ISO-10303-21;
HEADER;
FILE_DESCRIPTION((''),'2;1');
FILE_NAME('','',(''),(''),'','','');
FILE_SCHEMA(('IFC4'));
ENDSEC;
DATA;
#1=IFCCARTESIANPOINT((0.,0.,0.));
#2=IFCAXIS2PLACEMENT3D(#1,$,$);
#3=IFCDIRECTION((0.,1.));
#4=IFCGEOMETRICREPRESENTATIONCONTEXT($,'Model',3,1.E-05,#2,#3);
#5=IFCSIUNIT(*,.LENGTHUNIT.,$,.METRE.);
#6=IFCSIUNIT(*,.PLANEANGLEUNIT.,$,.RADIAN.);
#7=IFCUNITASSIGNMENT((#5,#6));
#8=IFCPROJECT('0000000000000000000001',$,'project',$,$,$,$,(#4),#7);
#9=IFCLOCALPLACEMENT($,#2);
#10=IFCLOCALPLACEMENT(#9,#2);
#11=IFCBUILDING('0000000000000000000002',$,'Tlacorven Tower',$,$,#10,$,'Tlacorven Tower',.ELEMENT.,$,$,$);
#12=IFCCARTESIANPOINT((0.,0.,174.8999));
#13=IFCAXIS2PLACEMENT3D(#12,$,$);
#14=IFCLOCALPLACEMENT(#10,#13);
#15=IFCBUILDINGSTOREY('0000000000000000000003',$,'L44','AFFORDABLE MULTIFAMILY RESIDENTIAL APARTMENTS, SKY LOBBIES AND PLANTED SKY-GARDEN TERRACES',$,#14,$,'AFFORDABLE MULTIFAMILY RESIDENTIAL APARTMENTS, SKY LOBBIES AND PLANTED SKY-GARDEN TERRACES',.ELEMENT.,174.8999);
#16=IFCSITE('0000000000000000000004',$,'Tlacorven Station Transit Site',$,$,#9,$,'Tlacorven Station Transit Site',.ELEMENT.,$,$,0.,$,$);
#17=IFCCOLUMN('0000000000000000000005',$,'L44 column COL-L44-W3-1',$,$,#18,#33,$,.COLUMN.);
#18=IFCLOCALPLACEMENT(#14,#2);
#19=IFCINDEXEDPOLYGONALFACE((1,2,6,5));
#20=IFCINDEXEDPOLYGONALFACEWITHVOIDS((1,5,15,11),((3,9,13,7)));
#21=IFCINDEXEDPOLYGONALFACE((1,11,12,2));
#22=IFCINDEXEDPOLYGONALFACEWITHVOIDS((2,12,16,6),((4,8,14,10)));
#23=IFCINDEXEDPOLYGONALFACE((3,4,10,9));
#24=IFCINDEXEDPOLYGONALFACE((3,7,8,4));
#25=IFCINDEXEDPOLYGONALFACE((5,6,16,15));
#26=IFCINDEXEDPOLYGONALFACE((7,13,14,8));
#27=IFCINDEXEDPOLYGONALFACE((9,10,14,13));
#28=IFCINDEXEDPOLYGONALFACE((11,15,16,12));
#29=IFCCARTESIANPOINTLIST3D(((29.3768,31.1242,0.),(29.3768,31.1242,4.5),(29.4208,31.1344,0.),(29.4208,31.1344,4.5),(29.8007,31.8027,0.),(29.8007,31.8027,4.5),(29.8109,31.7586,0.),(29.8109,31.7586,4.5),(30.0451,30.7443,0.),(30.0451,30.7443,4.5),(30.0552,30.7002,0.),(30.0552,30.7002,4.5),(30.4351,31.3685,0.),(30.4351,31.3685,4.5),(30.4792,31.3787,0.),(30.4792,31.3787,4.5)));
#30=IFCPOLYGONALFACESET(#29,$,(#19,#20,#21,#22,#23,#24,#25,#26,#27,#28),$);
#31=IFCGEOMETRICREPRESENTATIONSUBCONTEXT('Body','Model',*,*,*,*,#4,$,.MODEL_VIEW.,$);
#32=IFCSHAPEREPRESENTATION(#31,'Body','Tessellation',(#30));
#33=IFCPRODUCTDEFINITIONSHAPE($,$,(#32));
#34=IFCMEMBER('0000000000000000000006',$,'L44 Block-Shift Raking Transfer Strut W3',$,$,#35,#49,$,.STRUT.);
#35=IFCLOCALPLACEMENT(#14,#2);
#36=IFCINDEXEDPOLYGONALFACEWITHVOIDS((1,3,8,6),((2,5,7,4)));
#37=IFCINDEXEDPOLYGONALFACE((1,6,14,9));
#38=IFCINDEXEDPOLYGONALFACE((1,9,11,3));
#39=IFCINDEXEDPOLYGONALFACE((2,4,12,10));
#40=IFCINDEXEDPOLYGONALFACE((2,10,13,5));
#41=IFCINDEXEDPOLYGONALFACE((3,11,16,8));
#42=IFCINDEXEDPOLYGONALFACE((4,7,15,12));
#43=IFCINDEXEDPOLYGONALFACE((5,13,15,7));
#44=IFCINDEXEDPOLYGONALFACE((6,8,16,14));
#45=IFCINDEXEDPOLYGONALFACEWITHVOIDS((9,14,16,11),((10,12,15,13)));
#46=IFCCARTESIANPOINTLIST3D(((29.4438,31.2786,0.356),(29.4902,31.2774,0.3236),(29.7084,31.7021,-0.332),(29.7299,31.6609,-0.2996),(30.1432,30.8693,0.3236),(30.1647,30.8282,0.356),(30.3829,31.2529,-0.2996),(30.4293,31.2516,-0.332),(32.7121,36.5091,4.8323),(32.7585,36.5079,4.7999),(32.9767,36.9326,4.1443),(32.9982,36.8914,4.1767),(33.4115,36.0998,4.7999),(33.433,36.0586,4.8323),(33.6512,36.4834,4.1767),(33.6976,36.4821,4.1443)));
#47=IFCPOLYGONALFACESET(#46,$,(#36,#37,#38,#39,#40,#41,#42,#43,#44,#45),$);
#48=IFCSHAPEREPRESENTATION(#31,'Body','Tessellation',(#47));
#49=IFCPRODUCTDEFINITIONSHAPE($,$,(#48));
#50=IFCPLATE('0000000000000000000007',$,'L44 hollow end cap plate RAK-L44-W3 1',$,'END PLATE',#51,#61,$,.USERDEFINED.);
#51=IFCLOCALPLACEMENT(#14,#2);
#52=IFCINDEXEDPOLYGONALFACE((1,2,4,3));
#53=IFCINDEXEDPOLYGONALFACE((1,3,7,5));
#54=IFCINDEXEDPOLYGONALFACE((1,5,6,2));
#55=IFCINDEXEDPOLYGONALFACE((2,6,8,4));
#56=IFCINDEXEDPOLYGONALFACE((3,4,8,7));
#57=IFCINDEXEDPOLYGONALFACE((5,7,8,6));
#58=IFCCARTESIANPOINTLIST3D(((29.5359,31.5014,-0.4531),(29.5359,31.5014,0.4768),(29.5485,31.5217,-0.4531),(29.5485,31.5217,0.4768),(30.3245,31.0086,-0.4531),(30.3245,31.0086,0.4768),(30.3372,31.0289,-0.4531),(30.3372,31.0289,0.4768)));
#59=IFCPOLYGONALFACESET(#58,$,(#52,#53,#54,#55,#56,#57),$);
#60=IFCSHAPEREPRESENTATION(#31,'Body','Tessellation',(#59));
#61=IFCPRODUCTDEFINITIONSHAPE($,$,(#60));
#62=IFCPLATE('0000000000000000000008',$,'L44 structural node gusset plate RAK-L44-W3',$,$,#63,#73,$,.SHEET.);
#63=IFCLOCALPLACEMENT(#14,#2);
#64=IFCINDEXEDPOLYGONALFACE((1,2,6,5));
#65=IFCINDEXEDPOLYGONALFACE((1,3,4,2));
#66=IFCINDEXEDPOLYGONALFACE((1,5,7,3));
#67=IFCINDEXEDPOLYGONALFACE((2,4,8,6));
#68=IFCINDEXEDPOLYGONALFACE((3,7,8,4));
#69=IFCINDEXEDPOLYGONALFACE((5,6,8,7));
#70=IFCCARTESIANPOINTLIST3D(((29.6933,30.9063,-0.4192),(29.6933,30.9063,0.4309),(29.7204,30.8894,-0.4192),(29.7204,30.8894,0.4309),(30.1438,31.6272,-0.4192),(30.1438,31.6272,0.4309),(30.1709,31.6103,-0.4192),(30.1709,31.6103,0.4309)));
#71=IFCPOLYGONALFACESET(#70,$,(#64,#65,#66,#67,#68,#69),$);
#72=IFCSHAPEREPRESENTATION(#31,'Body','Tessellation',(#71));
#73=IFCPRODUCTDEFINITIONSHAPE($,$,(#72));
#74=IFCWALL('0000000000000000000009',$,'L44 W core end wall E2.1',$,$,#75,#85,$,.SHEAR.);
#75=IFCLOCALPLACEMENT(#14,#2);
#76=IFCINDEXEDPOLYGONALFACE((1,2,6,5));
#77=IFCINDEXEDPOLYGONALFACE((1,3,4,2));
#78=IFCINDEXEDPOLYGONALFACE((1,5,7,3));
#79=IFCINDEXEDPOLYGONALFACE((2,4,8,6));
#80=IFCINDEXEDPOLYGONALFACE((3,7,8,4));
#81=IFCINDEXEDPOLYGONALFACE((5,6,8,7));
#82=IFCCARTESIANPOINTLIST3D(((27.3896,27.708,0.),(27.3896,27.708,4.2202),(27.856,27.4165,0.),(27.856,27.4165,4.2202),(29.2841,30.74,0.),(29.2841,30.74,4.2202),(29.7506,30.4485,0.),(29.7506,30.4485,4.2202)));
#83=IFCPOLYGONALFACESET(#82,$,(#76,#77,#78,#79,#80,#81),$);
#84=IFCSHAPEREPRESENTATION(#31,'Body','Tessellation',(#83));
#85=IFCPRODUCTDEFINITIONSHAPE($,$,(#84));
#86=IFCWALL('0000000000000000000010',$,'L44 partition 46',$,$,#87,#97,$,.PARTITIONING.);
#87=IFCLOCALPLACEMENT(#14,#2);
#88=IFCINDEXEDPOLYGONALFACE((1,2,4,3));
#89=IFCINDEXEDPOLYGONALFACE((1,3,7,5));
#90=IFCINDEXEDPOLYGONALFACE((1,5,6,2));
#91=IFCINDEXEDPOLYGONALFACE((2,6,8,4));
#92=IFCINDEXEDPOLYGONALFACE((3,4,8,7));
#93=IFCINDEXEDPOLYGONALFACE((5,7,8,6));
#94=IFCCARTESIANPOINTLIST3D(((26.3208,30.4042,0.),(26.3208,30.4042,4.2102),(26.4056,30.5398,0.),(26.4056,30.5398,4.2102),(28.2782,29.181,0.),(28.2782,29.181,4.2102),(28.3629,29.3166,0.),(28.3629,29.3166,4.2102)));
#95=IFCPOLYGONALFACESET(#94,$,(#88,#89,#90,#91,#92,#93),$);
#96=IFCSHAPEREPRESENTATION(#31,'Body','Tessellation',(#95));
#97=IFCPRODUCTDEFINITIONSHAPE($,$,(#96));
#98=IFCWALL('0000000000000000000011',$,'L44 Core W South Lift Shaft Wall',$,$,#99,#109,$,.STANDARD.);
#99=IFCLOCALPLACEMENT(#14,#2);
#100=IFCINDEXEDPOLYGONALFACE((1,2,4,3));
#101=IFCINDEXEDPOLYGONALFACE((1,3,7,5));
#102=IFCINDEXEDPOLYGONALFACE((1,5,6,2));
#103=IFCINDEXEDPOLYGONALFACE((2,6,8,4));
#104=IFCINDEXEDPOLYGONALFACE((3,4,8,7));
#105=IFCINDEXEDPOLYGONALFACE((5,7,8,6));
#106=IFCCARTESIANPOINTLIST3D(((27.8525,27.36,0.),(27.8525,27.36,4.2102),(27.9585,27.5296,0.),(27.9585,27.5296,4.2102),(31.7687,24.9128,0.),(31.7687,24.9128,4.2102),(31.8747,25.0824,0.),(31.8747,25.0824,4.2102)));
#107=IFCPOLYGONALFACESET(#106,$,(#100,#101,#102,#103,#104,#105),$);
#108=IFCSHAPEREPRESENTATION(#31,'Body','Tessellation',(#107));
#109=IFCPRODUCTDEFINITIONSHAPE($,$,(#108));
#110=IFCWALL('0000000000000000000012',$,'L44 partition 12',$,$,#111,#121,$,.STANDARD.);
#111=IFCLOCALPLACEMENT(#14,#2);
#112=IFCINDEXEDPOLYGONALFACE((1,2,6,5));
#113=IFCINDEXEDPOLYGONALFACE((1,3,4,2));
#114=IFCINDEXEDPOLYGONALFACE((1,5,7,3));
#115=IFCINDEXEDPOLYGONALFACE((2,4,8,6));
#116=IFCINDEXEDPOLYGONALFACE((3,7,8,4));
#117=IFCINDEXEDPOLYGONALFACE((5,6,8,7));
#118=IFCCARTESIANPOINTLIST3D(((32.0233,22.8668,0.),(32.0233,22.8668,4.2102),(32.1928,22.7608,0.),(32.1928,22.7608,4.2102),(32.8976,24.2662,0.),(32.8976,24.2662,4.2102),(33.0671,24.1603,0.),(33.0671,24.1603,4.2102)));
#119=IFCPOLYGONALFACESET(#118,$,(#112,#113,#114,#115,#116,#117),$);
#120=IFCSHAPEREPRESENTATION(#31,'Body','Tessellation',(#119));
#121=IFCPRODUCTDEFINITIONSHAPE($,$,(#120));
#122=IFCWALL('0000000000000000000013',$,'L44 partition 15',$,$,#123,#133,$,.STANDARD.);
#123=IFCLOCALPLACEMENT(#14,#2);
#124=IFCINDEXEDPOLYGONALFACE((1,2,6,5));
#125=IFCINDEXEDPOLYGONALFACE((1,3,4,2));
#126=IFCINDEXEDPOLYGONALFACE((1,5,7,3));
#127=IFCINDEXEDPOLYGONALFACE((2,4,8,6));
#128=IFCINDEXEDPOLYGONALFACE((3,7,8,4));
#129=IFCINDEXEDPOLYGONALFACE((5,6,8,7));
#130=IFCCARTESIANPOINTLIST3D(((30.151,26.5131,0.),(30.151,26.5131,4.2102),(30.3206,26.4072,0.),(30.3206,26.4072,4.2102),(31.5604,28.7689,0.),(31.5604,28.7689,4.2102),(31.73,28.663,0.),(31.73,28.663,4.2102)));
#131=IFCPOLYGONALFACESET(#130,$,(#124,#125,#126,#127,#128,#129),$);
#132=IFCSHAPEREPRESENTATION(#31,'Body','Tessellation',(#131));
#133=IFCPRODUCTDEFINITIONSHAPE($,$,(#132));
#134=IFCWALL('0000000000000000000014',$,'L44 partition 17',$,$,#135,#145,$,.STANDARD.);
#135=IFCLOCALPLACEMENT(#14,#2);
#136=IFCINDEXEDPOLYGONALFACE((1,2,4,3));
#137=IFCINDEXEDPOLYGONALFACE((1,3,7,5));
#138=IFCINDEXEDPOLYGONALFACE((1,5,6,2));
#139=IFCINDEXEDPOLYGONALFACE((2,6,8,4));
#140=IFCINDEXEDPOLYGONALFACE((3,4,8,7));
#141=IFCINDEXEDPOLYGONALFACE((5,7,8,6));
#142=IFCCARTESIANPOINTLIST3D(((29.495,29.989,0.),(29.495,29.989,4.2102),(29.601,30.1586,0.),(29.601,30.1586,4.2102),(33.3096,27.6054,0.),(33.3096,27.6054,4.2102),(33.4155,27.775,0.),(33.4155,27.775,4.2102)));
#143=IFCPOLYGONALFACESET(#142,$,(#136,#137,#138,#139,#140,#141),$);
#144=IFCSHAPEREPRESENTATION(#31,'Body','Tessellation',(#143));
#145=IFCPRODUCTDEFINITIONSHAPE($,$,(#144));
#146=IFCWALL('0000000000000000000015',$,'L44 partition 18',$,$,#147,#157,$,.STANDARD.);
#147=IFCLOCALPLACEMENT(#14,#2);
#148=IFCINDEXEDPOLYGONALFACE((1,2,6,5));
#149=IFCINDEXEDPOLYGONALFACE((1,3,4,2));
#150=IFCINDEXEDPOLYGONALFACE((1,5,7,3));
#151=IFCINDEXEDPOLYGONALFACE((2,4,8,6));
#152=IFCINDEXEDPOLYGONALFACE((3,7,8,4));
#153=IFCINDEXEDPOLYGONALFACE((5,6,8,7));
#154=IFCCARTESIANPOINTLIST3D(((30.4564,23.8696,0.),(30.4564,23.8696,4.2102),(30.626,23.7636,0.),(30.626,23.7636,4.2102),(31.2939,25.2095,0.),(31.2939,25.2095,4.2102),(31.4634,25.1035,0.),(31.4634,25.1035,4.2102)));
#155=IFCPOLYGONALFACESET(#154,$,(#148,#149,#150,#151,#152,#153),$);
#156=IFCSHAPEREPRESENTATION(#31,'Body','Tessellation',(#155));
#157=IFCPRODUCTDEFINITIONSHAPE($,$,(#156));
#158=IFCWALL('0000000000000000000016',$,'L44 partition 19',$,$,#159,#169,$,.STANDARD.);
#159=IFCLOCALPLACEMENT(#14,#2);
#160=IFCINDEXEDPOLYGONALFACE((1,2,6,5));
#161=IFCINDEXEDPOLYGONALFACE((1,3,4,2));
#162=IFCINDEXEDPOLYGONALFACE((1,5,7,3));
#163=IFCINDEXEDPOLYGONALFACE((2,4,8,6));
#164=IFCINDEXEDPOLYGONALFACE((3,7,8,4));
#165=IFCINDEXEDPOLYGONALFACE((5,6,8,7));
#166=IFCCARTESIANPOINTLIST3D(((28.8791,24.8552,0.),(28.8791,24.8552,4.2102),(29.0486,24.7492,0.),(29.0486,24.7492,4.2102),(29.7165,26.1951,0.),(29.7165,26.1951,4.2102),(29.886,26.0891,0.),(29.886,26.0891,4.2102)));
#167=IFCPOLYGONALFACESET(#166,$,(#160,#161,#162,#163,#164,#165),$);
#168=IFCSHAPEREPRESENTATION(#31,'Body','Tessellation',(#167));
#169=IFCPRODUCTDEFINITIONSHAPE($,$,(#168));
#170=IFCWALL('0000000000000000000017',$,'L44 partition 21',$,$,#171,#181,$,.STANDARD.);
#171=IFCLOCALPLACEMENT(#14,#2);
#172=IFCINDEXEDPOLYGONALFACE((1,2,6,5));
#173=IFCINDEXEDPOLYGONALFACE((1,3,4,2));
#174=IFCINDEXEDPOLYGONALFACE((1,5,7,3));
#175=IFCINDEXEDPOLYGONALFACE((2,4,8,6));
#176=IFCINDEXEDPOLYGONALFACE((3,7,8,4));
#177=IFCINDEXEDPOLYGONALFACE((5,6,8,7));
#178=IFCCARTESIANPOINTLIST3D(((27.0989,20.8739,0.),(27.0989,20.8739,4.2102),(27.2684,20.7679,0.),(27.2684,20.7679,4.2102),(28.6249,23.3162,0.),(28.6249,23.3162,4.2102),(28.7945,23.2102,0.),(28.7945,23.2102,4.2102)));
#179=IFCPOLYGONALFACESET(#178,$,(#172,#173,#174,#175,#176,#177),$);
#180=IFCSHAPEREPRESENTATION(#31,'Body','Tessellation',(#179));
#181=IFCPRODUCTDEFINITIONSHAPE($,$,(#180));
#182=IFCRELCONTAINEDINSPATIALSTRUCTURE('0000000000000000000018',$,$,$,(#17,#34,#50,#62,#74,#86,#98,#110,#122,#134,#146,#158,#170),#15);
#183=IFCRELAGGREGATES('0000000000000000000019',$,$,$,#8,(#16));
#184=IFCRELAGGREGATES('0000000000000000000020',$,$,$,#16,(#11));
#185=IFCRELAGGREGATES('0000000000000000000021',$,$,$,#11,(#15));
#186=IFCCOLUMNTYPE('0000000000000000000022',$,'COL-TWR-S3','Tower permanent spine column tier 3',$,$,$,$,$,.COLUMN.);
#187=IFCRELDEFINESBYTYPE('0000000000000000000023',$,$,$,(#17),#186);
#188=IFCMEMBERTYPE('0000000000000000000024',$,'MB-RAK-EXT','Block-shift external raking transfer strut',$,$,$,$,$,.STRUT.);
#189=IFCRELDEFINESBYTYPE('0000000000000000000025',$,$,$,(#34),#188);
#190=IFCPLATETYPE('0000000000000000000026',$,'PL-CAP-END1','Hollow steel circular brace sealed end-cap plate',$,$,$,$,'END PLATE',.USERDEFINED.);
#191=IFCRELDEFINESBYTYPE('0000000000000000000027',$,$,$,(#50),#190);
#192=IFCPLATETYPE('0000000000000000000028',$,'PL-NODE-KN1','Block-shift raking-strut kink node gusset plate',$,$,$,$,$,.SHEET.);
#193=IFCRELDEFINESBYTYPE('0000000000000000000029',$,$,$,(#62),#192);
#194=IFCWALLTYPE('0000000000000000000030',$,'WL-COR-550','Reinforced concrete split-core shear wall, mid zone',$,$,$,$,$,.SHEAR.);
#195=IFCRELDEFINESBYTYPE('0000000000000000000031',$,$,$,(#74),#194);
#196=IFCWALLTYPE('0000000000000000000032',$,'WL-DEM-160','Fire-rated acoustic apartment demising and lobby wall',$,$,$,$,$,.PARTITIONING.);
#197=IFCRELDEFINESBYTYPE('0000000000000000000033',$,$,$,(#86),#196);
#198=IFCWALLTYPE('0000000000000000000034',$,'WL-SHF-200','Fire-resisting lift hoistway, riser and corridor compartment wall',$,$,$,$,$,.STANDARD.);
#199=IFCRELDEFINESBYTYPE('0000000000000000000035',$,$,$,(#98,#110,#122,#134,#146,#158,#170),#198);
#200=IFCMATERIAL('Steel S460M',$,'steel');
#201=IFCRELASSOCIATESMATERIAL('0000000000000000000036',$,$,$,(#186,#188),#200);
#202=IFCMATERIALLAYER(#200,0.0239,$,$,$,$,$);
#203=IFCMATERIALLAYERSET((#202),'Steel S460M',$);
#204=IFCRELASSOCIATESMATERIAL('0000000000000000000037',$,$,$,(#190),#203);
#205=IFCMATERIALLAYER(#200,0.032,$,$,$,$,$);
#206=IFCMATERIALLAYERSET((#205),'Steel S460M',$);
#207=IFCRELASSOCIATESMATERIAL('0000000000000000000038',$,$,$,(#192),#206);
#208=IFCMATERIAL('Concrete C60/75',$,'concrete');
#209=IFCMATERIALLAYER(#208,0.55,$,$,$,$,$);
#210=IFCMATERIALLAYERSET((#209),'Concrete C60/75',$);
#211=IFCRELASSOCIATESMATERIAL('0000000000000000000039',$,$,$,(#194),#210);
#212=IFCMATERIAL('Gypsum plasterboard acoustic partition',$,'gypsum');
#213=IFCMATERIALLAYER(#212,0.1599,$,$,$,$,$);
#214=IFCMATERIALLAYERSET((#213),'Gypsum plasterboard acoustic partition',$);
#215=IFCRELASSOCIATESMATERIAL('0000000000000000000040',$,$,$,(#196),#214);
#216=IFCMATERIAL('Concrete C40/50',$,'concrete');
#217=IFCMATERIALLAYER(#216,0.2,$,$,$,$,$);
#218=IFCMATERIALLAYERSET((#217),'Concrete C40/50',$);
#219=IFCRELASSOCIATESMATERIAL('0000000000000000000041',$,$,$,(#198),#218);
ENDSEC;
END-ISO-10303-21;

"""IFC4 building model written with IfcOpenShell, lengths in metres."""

from ifc_helpers import new_model, si_unit, direction, frame, frame_2d, origin, origin_2d, place, context, subcontext, project, spatial, rectangle, hollow_rectangle, extrude, source, transform, mapped, material, layer, layer_set, material_profile, profile_set, type_object, element, save


model = new_model("IFC4")

# Units and contexts
model_context = context("Model", 3, precision=1e-05, world=origin(), true_north=direction((0.0, 1.0)))
body_context = subcontext(model_context, "Body", "Model", "MODEL_VIEW")
ifc_project = project(units=[si_unit("LENGTHUNIT", "METRE"), si_unit("PLANEANGLEUNIT", "RADIAN")], contexts=[model_context])

# Site, building, storey
site_placement = place(None, origin())
site = spatial("IfcSite", under=ifc_project, at=site_placement, Name="Tlacorven Station Transit Site", LongName="Tlacorven Station Transit Site", CompositionType="ELEMENT", RefElevation=0.0)
building_placement = place(site_placement, origin())
building = spatial("IfcBuilding", under=site, at=building_placement, Name="Tlacorven Tower", LongName="Tlacorven Tower", CompositionType="ELEMENT")
storey_placement = place(building_placement, frame((0.0, 0.0, 174.8999)))
storey = spatial("IfcBuildingStorey", under=building, at=storey_placement, Name="L44", Description="AFFORDABLE MULTIFAMILY RESIDENTIAL APARTMENTS, SKY LOBBIES AND PLANTED SKY-GARDEN TERRACES", LongName="AFFORDABLE MULTIFAMILY RESIDENTIAL APARTMENTS, SKY LOBBIES AND PLANTED SKY-GARDEN TERRACES", CompositionType="ELEMENT", Elevation=174.8999)

# Column
ifc_material_1 = material(Name="Steel S460M", Category="steel")
ifc_material_profile_1 = material_profile(ifc_material_1, hollow_rectangle(XDim=0.8, YDim=0.8, WallThickness=0.032, at=origin_2d()), Name="BOX 800X800X32")
ifc_profile_set_1 = profile_set([ifc_material_profile_1], Name="Steel S460M")
column_type = type_object("IfcColumnType", Name="COL-TWR-S3", Description="Tower permanent spine column tier 3", PredefinedType="COLUMN", material=ifc_profile_set_1)
shared_shape_1 = source(origin(), body_context, "Body", "SweptSolid", [
    extrude(hollow_rectangle(XDim=0.8, YDim=0.8, WallThickness=0.032, at=origin_2d()), origin(), (0.0, 0.0, 1.0), 4.5),
])
column_placement = place(storey_placement, frame((29.928, 31.2515, 0.0), z_axis=(0.0, 0.0, 1.0), x_axis=(-0.848048, 0.529919, 0.0)))
element("IfcColumn", 1, at=column_placement, inside=storey, type_object=column_type, Name="L44 column COL-L44-W3-1", PredefinedType="COLUMN", context=body_context, shape_type="MappedRepresentation", body=[
    mapped(shared_shape_1, transform((0.0, 0.0, 0.0), scale=1.0)),
])

# Member
ifc_material_profile_2 = material_profile(ifc_material_1, hollow_rectangle(XDim=0.8501, YDim=0.8501, WallThickness=0.04, at=origin_2d()), Name="BOX 850X850X40")
ifc_profile_set_2 = profile_set([ifc_material_profile_2], Name="Steel S460M")
member_type = type_object("IfcMemberType", Name="MB-RAK-EXT", Description="Block-shift external raking transfer strut", PredefinedType="STRUT", material=ifc_profile_set_2)
shared_shape_2 = source(origin(), body_context, "Body", "SweptSolid", [
    extrude(hollow_rectangle(XDim=0.8501, YDim=0.8501, WallThickness=0.04, at=origin_2d()), origin(), (0.0, 0.0, 1.0), 7.6208),
])
member_placement = place(storey_placement, frame((29.9365, 31.2651, 0.012), z_axis=(0.428865, 0.686338, 0.587379), x_axis=(-0.848052, 0.529914, 0.0)))
element("IfcMember", 2, at=member_placement, inside=storey, type_object=member_type, Name="L44 Block-Shift Raking Transfer Strut W3", PredefinedType="STRUT", context=body_context, shape_type="MappedRepresentation", body=[
    mapped(shared_shape_2, transform((0.0, 0.0, 0.0), scale=1.0)),
])

# Plates
ifc_layer_1 = layer(ifc_material_1, 0.0239)
ifc_layer_set_1 = layer_set([ifc_layer_1], Name="Steel S460M")
plate_type_1 = type_object("IfcPlateType", Name="PL-CAP-END1", Description="Hollow steel circular brace sealed end-cap plate", ElementType="END PLATE", PredefinedType="USERDEFINED", material=ifc_layer_set_1)
shared_shape_3 = source(origin(), body_context, "Body", "SweptSolid", [
    extrude(rectangle(XDim=0.0239, YDim=0.9299, at=origin_2d()), origin(), (0.0, 0.0, 1.0), 0.9299),
])
plate_1_placement = place(storey_placement, frame((29.9365, 31.2651, -0.4531), z_axis=(0.0, 0.0, 1.0), x_axis=(0.529919, 0.848048, 0.0)))
element("IfcPlate", 3, at=plate_1_placement, inside=storey, type_object=plate_type_1, Name="L44 hollow end cap plate RAK-L44-W3 1", ObjectType="END PLATE", PredefinedType="USERDEFINED", context=body_context, shape_type="MappedRepresentation", body=[
    mapped(shared_shape_3, transform((0.0, 0.0, 0.0), scale=1.0)),
])
ifc_layer_2 = layer(ifc_material_1, 0.032)
ifc_layer_set_2 = layer_set([ifc_layer_2], Name="Steel S460M")
plate_type_2 = type_object("IfcPlateType", Name="PL-NODE-KN1", Description="Block-shift raking-strut kink node gusset plate", PredefinedType="SHEET", material=ifc_layer_set_2)
shared_shape_4 = source(origin(), body_context, "Body", "SweptSolid", [
    extrude(rectangle(XDim=0.8501, YDim=0.032, at=origin_2d()), origin(), (0.0, 0.0, 1.0), 0.8501),
])
plate_2_placement = place(storey_placement, frame((29.9321, 31.2583, -0.4192), z_axis=(0.0, 0.0, 1.0), x_axis=(0.529919, 0.848048, 0.0)))
element("IfcPlate", 4, at=plate_2_placement, inside=storey, type_object=plate_type_2, Name="L44 structural node gusset plate RAK-L44-W3", PredefinedType="SHEET", context=body_context, shape_type="MappedRepresentation", body=[
    mapped(shared_shape_4, transform((0.0, 0.0, 0.0), scale=1.0)),
])

# Walls
ifc_material_2 = material(Name="Concrete C60/75", Category="concrete")
ifc_layer_3 = layer(ifc_material_2, 0.55)
ifc_layer_set_3 = layer_set([ifc_layer_3], Name="Concrete C60/75")
wall_type_1 = type_object("IfcWallType", Name="WL-COR-550", Description="Reinforced concrete split-core shear wall, mid zone", PredefinedType="SHEAR", material=ifc_layer_set_3)
wall_1_placement = place(storey_placement, frame((29.5173, 30.5942, 0.0), z_axis=(0.0, 0.0, 1.0), x_axis=(-0.529907, -0.848056, 0.0)))
element("IfcWall", 5, at=wall_1_placement, inside=storey, type_object=wall_type_1, Name="L44 W core end wall E2.1", PredefinedType="SHEAR", context=body_context, shape_type="SweptSolid", body=[
    extrude(rectangle(XDim=3.5752, YDim=0.55, at=frame_2d((1.7876, 0.0))), origin(), (0.0, 0.0, 1.0), 4.2202),
])
ifc_material_3 = material(Name="Gypsum plasterboard acoustic partition", Category="gypsum")
ifc_layer_4 = layer(ifc_material_3, 0.1599)
ifc_layer_set_4 = layer_set([ifc_layer_4], Name="Gypsum plasterboard acoustic partition")
wall_type_2 = type_object("IfcWallType", Name="WL-DEM-160", Description="Fire-rated acoustic apartment demising and lobby wall", PredefinedType="PARTITIONING", material=ifc_layer_set_4)
wall_2_placement = place(storey_placement, frame((28.3206, 29.2488, 0.0), z_axis=(0.0, 0.0, 1.0), x_axis=(-0.848028, 0.529951, 0.0)))
element("IfcWall", 6, at=wall_2_placement, inside=storey, type_object=wall_type_2, Name="L44 partition 46", PredefinedType="PARTITIONING", context=body_context, shape_type="SweptSolid", body=[
    extrude(rectangle(XDim=2.3081, YDim=0.1599, at=frame_2d((1.1541, 0.0))), origin(), (0.0, 0.0, 1.0), 4.2102),
])
ifc_material_4 = material(Name="Concrete C40/50", Category="concrete")
ifc_layer_5 = layer(ifc_material_4, 0.2)
ifc_layer_set_5 = layer_set([ifc_layer_5], Name="Concrete C40/50")
wall_type_3 = type_object("IfcWallType", Name="WL-SHF-200", Description="Fire-resisting lift hoistway, riser and corridor compartment wall", PredefinedType="STANDARD", material=ifc_layer_set_5)
wall_3_placement = place(storey_placement, frame((31.8218, 24.9976, 0.0), z_axis=(0.0, 0.0, 1.0), x_axis=(-0.848037, 0.529937, 0.0)))
element("IfcWall", 7, at=wall_3_placement, inside=storey, type_object=wall_type_3, Name="L44 Core W South Lift Shaft Wall", PredefinedType="STANDARD", context=body_context, shape_type="SweptSolid", body=[
    extrude(rectangle(XDim=4.6179, YDim=0.2, at=frame_2d((2.3091, 0.0))), origin(), (0.0, 0.0, 1.0), 4.2102),
])

# Walls
wall_4_placement = place(storey_placement, frame((32.9824, 24.2134, 0.0), z_axis=(0.0, 0.0, 1.0), x_axis=(-0.529839, -0.848098, 0.0)))
element("IfcWall", 8, at=wall_4_placement, inside=storey, type_object=wall_type_3, Name="L44 partition 12", PredefinedType="STANDARD", context=body_context, shape_type="SweptSolid", body=[
    extrude(rectangle(XDim=1.6501, YDim=0.2, at=frame_2d((0.8252, 0.0))), origin(), (0.0, 0.0, 1.0), 4.2102),
])
wall_5_placement = place(storey_placement, frame((31.6453, 28.7161, 0.0), z_axis=(0.0, 0.0, 1.0), x_axis=(-0.529867, -0.848081, 0.0)))
element("IfcWall", 9, at=wall_5_placement, inside=storey, type_object=wall_type_3, Name="L44 partition 15", PredefinedType="STANDARD", context=body_context, shape_type="SweptSolid", body=[
    extrude(rectangle(XDim=2.6599, YDim=0.2, at=frame_2d((1.3301, 0.0))), origin(), (0.0, 0.0, 1.0), 4.2102),
])
wall_6_placement = place(storey_placement, frame((33.3625, 27.6902, 0.0), z_axis=(0.0, 0.0, 1.0), x_axis=(-0.848047, 0.529921, 0.0)))
element("IfcWall", 10, at=wall_6_placement, inside=storey, type_object=wall_type_3, Name="L44 partition 17", PredefinedType="STANDARD", context=body_context, shape_type="SweptSolid", body=[
    extrude(rectangle(XDim=4.498, YDim=0.2, at=frame_2d((2.249, 0.0))), origin(), (0.0, 0.0, 1.0), 4.2102),
])
for number, where, z_axis, x_axis, name in (
    (11, (31.3787, 25.1565, 0.0), (0.0, 0.0, 1.0), (-0.529999, -0.847998, 0.0), "L44 partition 18"),
    (12, (29.8013, 26.1421, 0.0), (0.0, 0.0, 1.0), (-0.529999, -0.847998, 0.0), "L44 partition 19"),
):
    element("IfcWall", number, at=place(storey_placement, frame(where, z_axis=z_axis, x_axis=x_axis)), inside=storey, type_object=wall_type_3, Name=name, PredefinedType="STANDARD", context=body_context, shape_type="SweptSolid", body=[
        extrude(rectangle(XDim=1.5801, YDim=0.2, at=frame_2d((0.79, 0.0))), origin(), (0.0, 0.0, 1.0), 4.2102),
    ])
wall_7_placement = place(storey_placement, frame((28.7097, 23.2632, 0.0), z_axis=(0.0, 0.0, 1.0), x_axis=(-0.529907, -0.848055, 0.0)))
element("IfcWall", 13, at=wall_7_placement, inside=storey, type_object=wall_type_3, Name="L44 partition 21", PredefinedType="STANDARD", context=body_context, shape_type="SweptSolid", body=[
    extrude(rectangle(XDim=2.8799, YDim=0.2, at=frame_2d((1.4399, 0.0))), origin(), (0.0, 0.0, 1.0), 4.2102),
])

save(model, "model.ifc")
